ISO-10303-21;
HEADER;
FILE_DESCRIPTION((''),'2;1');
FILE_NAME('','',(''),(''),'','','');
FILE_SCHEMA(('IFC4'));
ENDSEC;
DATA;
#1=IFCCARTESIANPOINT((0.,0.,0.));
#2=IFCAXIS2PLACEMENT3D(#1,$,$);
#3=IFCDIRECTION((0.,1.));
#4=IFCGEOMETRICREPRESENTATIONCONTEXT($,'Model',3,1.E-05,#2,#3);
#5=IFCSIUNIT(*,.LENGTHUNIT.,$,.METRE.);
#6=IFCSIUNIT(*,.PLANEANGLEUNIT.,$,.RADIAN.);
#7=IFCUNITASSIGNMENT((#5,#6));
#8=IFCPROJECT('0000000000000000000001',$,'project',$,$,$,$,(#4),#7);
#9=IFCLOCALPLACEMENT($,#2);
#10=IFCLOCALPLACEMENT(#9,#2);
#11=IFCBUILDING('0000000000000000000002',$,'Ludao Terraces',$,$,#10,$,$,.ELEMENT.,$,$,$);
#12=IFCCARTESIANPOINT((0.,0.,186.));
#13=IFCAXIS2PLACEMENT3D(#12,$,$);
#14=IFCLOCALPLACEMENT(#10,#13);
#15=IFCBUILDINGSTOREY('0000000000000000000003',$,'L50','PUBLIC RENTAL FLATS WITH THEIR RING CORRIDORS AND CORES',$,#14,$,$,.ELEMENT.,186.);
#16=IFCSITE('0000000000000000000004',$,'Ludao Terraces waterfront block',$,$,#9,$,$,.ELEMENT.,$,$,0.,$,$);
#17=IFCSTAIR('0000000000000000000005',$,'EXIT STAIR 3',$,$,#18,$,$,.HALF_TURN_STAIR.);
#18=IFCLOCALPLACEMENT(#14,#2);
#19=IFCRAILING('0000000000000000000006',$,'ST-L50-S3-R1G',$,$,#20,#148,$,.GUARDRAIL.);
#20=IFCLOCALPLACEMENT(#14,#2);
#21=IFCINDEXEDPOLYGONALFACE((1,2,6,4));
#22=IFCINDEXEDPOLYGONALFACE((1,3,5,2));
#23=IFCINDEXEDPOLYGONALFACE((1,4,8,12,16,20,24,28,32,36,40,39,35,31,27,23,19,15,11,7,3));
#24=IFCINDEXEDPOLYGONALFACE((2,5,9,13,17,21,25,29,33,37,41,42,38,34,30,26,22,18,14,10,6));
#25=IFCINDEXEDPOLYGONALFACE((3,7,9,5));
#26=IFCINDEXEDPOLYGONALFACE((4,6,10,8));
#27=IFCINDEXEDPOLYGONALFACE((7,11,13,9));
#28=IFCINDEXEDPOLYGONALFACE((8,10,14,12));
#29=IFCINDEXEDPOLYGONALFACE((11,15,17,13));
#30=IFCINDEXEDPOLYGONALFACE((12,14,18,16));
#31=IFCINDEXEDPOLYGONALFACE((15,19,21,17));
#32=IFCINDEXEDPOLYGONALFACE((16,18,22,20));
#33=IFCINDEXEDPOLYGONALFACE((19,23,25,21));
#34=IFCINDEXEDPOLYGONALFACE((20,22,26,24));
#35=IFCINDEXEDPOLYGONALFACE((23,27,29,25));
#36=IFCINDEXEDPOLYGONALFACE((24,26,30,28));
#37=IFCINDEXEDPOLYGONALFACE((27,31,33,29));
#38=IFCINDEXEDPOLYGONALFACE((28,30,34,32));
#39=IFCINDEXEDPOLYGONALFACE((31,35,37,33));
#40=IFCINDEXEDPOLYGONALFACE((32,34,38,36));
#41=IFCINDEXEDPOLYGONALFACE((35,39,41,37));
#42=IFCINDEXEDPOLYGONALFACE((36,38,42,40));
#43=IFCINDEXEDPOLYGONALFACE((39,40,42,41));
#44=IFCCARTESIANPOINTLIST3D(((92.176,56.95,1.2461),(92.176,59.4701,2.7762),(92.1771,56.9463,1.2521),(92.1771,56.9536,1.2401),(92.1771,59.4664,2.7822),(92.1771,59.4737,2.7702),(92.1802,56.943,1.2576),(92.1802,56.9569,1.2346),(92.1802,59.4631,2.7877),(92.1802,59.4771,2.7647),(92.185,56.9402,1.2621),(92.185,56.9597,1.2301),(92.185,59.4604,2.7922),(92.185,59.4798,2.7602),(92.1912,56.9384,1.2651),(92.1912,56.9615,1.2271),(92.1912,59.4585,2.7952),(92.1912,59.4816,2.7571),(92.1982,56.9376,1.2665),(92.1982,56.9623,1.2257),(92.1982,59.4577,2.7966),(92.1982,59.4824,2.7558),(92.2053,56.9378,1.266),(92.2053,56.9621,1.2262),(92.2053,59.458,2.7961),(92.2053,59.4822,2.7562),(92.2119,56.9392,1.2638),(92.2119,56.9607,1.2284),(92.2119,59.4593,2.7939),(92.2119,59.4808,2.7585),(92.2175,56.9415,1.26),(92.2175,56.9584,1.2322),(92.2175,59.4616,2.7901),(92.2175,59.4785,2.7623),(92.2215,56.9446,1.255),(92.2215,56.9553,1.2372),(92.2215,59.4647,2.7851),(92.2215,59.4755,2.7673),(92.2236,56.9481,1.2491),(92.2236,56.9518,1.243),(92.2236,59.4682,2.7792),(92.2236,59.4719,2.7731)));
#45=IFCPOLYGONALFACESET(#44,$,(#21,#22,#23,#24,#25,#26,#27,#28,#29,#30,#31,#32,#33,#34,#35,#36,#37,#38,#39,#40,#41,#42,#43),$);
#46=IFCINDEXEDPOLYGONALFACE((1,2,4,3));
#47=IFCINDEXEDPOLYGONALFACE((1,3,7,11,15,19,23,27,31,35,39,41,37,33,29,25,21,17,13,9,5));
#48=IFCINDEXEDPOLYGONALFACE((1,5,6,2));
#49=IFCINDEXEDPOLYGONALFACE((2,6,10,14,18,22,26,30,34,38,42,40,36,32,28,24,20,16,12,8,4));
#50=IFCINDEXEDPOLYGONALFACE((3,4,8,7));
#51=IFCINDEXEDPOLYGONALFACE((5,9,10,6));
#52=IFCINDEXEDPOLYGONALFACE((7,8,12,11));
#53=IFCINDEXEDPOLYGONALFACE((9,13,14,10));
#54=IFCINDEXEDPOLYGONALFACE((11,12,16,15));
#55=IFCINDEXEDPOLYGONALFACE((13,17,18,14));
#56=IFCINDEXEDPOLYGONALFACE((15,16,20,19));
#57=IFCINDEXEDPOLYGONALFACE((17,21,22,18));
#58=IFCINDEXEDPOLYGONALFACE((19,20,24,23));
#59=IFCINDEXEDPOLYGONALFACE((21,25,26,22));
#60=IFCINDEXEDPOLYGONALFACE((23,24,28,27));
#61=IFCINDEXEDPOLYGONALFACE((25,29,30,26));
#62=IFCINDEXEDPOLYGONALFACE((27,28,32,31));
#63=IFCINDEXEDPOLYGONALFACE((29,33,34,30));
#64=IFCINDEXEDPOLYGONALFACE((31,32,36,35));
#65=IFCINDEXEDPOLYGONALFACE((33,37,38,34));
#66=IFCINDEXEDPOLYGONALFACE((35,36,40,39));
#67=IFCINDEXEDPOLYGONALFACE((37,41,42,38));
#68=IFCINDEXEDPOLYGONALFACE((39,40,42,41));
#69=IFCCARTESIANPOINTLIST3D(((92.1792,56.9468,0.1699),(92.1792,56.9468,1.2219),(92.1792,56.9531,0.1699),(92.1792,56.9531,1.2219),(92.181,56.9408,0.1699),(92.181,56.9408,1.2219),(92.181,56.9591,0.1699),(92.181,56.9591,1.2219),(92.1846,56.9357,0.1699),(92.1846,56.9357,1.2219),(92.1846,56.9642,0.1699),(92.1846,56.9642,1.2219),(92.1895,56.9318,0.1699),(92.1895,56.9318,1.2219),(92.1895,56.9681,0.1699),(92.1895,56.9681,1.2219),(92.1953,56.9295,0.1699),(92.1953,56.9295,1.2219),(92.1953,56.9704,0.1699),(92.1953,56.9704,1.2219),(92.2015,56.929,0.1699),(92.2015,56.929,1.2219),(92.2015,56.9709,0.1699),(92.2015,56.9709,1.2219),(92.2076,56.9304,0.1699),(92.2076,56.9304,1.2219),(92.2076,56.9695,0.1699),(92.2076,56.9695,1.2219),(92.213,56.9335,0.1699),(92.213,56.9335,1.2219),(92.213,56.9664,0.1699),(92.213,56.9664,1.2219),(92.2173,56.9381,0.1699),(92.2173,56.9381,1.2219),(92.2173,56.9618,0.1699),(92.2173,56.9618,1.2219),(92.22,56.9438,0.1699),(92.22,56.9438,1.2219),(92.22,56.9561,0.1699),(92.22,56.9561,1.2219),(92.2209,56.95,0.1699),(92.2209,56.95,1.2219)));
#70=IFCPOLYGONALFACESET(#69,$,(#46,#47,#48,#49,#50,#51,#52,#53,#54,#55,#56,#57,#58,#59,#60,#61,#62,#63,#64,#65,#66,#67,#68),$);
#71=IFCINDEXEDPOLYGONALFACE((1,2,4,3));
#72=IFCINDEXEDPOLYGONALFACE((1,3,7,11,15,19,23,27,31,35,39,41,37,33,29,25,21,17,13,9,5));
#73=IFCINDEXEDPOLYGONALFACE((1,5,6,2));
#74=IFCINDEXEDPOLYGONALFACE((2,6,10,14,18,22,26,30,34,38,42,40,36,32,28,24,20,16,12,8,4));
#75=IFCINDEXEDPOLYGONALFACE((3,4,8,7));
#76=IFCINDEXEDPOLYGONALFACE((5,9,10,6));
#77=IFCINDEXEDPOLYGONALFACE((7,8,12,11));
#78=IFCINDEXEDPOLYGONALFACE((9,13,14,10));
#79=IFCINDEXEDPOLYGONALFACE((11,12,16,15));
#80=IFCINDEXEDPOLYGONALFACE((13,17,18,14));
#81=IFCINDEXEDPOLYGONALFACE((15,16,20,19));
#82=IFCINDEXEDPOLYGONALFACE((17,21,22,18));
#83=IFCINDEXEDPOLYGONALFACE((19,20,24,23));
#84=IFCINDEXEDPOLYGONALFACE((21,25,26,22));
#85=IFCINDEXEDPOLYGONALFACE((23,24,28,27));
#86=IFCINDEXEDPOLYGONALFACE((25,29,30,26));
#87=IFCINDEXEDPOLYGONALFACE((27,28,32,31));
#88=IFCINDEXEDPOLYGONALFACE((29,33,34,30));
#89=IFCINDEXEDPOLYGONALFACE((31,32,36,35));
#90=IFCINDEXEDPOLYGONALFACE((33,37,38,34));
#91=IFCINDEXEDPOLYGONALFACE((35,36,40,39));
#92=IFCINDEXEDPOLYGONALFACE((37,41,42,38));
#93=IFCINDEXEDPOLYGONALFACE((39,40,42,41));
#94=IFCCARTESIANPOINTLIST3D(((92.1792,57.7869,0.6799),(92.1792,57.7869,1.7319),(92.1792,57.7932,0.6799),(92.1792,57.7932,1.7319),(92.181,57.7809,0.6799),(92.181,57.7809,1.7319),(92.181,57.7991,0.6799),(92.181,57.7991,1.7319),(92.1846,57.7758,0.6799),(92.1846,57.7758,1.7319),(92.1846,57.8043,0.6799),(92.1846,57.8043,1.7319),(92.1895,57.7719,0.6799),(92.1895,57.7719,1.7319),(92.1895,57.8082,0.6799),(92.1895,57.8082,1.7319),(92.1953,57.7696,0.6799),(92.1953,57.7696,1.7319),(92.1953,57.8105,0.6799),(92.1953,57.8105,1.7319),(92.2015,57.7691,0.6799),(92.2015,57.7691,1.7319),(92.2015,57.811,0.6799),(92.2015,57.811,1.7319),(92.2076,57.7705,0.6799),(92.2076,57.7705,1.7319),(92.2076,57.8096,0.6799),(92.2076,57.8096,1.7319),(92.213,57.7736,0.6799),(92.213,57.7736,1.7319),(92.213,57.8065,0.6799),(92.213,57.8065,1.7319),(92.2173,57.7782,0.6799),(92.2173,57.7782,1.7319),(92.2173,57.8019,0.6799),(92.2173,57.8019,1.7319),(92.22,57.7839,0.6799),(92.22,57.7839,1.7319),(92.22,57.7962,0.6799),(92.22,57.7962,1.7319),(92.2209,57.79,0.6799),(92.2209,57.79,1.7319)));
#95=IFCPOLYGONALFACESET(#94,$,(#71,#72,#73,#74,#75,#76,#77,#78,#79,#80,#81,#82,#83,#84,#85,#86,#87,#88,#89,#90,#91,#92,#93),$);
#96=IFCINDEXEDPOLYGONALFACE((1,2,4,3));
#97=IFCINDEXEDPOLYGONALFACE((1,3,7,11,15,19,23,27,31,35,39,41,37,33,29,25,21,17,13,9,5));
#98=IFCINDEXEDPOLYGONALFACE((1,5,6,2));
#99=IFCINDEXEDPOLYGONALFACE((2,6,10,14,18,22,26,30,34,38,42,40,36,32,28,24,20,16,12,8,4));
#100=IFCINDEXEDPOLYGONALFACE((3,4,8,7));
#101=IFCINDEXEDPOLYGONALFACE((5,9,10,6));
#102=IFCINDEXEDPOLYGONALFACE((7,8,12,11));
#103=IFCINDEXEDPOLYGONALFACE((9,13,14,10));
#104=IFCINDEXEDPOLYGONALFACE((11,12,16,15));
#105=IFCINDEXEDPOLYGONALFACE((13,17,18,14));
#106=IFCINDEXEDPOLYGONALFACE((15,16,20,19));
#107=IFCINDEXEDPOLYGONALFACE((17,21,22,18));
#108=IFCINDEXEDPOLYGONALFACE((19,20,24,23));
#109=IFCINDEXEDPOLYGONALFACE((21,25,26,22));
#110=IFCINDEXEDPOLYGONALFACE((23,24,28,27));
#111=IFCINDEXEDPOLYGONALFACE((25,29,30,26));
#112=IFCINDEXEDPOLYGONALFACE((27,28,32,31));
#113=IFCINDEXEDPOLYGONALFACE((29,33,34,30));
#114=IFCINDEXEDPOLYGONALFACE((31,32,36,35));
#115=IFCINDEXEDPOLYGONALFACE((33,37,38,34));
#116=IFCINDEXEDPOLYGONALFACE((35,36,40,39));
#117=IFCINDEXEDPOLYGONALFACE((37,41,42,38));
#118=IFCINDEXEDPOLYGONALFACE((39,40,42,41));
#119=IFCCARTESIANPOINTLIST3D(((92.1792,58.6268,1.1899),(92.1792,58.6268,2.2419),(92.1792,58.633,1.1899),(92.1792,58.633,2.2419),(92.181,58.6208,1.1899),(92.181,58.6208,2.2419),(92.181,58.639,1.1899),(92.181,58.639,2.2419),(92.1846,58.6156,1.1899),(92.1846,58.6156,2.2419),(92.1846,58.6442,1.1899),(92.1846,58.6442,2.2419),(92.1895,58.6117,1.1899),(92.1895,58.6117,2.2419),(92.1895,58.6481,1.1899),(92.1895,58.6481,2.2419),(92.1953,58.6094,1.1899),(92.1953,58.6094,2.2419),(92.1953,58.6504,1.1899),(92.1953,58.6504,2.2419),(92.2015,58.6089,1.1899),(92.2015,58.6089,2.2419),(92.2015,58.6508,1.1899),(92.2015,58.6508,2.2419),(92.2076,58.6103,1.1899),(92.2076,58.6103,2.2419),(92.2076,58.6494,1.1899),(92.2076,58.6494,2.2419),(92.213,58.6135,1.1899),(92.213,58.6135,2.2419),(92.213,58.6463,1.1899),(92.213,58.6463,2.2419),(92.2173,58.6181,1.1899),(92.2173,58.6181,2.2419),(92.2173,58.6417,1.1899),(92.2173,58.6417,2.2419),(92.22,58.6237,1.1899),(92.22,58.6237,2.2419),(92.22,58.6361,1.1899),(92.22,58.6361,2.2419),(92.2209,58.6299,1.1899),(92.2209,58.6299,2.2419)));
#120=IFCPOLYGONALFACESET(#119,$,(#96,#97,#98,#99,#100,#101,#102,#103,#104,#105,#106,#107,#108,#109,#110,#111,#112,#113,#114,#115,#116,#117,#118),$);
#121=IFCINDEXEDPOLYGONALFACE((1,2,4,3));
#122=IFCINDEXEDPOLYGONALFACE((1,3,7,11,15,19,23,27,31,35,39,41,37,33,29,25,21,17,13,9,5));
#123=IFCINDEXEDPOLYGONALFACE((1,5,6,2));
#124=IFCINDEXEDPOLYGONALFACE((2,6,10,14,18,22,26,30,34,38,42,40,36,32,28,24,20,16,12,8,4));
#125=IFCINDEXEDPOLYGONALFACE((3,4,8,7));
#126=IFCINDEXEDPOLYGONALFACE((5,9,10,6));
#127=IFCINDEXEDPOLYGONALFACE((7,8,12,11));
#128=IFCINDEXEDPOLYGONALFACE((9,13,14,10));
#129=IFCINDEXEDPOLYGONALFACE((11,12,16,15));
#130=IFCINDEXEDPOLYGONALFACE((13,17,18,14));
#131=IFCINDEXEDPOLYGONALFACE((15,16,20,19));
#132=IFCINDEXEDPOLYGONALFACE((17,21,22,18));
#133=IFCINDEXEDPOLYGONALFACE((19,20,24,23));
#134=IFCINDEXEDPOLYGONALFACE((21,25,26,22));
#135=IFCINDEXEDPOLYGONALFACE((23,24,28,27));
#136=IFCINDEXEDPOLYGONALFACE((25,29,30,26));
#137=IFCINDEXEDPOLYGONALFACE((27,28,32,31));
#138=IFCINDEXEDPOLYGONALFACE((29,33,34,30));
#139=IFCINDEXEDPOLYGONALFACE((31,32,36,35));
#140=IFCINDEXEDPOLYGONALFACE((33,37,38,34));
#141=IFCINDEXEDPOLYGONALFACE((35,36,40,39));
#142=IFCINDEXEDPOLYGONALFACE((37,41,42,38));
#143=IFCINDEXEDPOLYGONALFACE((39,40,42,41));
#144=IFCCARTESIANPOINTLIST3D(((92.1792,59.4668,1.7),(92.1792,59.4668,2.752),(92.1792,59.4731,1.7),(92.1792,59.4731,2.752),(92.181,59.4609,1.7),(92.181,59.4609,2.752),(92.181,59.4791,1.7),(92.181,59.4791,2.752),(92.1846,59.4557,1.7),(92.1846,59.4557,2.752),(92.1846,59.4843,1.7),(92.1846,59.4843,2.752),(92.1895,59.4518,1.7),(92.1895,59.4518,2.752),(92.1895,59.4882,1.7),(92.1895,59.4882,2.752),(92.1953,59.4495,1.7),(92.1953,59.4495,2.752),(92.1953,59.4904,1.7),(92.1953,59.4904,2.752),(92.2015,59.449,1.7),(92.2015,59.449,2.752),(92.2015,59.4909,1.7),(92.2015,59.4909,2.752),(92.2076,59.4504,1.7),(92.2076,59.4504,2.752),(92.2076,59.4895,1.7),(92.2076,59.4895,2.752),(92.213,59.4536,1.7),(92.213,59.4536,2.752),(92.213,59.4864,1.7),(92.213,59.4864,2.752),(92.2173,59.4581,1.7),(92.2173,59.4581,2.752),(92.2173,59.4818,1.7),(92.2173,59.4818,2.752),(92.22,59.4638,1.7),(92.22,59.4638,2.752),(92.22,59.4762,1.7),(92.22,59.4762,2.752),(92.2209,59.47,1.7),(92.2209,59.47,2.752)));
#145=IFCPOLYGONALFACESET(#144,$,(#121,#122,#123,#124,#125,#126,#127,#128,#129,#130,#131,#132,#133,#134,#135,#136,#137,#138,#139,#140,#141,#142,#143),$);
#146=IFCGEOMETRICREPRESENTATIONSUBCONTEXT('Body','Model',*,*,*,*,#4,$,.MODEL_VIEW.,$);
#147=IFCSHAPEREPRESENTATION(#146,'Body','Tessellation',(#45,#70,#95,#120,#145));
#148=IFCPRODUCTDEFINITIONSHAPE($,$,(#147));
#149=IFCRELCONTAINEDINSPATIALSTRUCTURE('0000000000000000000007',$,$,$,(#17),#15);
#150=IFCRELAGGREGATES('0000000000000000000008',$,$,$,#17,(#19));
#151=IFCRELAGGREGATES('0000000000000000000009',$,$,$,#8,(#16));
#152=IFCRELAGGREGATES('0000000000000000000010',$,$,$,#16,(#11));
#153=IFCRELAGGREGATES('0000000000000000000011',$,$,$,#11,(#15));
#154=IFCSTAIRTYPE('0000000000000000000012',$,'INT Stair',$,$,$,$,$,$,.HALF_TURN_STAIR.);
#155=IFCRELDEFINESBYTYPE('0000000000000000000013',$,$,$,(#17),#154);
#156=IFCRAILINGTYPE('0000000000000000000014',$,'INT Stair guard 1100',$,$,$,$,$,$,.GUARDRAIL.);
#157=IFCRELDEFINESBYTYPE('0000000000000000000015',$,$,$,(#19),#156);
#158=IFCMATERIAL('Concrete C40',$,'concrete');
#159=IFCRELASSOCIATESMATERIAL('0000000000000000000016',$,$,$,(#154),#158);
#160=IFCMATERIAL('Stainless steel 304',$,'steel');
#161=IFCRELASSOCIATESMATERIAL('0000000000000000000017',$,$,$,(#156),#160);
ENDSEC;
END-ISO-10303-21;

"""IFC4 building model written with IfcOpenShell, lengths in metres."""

from ifc_helpers import new_model, si_unit, direction, frame, origin, origin_2d, place, context, subcontext, project, spatial, circle, extrude, material, type_object, element, aggregate, save


model = new_model("IFC4")

# Units and contexts
model_context = context("Model", 3, precision=1e-05, world=origin(), true_north=direction((0.0, 1.0)))
body_context = subcontext(model_context, "Body", "Model", "MODEL_VIEW")
ifc_project = project(units=[si_unit("LENGTHUNIT", "METRE"), si_unit("PLANEANGLEUNIT", "RADIAN")], contexts=[model_context])

# Site, building, storey
site_placement = place(None, origin())
site = spatial("IfcSite", under=ifc_project, at=site_placement, Name="Ludao Terraces waterfront block", CompositionType="ELEMENT", RefElevation=0.0)
building_placement = place(site_placement, origin())
building = spatial("IfcBuilding", under=site, at=building_placement, Name="Ludao Terraces", CompositionType="ELEMENT")
storey_placement = place(building_placement, frame((0.0, 0.0, 186.0)))
storey = spatial("IfcBuildingStorey", under=building, at=storey_placement, Name="L50", Description="PUBLIC RENTAL FLATS WITH THEIR RING CORRIDORS AND CORES", CompositionType="ELEMENT", Elevation=186.0)

# Shared definitions
ifc_material_1 = material(Name="Concrete C40", Category="concrete")

# Stair, railing
stair_type = type_object("IfcStairType", Name="INT Stair", PredefinedType="HALF_TURN_STAIR", material=ifc_material_1)
stair_placement = place(storey_placement, origin())
stair = element("IfcStair", 1, at=stair_placement, inside=storey, type_object=stair_type, Name="EXIT STAIR 3", PredefinedType="HALF_TURN_STAIR")
ifc_material_2 = material(Name="Stainless steel 304", Category="steel")
railing_type_1 = type_object("IfcRailingType", Name="INT Stair guard 1100", PredefinedType="GUARDRAIL", material=ifc_material_2)
railing_1_placement = place(storey_placement, frame((92.2, 56.95, 0.1699)))
railing_1 = element("IfcRailing", 2, at=railing_1_placement, type_object=railing_type_1, Name="ST-L50-S3-R1G", PredefinedType="GUARDRAIL", context=body_context, shape_type="SweptSolid", body=[
    extrude(circle(Radius=0.0239, at=origin_2d()), frame((0.0, 0.0, 1.0762), z_axis=(0.0, 0.854785, 0.518982), x_axis=(-1.0, 0.0, 0.0)), (0.0, 0.0, 1.0), 2.9482),
    extrude(circle(Radius=0.021, at=origin_2d()), origin(), (0.0, 0.0, 1.0), 1.052),
    extrude(circle(Radius=0.021, at=origin_2d()), frame((0.0, 0.8401, 0.51)), (0.0, 0.0, 1.0), 1.052),
    extrude(circle(Radius=0.021, at=origin_2d()), frame((0.0, 1.6799, 1.02)), (0.0, 0.0, 1.0), 1.052),
    extrude(circle(Radius=0.021, at=origin_2d()), frame((0.0, 2.52, 1.53)), (0.0, 0.0, 1.0), 1.052),
])
aggregate(stair, [railing_1])

save(model, "model.ifc")
